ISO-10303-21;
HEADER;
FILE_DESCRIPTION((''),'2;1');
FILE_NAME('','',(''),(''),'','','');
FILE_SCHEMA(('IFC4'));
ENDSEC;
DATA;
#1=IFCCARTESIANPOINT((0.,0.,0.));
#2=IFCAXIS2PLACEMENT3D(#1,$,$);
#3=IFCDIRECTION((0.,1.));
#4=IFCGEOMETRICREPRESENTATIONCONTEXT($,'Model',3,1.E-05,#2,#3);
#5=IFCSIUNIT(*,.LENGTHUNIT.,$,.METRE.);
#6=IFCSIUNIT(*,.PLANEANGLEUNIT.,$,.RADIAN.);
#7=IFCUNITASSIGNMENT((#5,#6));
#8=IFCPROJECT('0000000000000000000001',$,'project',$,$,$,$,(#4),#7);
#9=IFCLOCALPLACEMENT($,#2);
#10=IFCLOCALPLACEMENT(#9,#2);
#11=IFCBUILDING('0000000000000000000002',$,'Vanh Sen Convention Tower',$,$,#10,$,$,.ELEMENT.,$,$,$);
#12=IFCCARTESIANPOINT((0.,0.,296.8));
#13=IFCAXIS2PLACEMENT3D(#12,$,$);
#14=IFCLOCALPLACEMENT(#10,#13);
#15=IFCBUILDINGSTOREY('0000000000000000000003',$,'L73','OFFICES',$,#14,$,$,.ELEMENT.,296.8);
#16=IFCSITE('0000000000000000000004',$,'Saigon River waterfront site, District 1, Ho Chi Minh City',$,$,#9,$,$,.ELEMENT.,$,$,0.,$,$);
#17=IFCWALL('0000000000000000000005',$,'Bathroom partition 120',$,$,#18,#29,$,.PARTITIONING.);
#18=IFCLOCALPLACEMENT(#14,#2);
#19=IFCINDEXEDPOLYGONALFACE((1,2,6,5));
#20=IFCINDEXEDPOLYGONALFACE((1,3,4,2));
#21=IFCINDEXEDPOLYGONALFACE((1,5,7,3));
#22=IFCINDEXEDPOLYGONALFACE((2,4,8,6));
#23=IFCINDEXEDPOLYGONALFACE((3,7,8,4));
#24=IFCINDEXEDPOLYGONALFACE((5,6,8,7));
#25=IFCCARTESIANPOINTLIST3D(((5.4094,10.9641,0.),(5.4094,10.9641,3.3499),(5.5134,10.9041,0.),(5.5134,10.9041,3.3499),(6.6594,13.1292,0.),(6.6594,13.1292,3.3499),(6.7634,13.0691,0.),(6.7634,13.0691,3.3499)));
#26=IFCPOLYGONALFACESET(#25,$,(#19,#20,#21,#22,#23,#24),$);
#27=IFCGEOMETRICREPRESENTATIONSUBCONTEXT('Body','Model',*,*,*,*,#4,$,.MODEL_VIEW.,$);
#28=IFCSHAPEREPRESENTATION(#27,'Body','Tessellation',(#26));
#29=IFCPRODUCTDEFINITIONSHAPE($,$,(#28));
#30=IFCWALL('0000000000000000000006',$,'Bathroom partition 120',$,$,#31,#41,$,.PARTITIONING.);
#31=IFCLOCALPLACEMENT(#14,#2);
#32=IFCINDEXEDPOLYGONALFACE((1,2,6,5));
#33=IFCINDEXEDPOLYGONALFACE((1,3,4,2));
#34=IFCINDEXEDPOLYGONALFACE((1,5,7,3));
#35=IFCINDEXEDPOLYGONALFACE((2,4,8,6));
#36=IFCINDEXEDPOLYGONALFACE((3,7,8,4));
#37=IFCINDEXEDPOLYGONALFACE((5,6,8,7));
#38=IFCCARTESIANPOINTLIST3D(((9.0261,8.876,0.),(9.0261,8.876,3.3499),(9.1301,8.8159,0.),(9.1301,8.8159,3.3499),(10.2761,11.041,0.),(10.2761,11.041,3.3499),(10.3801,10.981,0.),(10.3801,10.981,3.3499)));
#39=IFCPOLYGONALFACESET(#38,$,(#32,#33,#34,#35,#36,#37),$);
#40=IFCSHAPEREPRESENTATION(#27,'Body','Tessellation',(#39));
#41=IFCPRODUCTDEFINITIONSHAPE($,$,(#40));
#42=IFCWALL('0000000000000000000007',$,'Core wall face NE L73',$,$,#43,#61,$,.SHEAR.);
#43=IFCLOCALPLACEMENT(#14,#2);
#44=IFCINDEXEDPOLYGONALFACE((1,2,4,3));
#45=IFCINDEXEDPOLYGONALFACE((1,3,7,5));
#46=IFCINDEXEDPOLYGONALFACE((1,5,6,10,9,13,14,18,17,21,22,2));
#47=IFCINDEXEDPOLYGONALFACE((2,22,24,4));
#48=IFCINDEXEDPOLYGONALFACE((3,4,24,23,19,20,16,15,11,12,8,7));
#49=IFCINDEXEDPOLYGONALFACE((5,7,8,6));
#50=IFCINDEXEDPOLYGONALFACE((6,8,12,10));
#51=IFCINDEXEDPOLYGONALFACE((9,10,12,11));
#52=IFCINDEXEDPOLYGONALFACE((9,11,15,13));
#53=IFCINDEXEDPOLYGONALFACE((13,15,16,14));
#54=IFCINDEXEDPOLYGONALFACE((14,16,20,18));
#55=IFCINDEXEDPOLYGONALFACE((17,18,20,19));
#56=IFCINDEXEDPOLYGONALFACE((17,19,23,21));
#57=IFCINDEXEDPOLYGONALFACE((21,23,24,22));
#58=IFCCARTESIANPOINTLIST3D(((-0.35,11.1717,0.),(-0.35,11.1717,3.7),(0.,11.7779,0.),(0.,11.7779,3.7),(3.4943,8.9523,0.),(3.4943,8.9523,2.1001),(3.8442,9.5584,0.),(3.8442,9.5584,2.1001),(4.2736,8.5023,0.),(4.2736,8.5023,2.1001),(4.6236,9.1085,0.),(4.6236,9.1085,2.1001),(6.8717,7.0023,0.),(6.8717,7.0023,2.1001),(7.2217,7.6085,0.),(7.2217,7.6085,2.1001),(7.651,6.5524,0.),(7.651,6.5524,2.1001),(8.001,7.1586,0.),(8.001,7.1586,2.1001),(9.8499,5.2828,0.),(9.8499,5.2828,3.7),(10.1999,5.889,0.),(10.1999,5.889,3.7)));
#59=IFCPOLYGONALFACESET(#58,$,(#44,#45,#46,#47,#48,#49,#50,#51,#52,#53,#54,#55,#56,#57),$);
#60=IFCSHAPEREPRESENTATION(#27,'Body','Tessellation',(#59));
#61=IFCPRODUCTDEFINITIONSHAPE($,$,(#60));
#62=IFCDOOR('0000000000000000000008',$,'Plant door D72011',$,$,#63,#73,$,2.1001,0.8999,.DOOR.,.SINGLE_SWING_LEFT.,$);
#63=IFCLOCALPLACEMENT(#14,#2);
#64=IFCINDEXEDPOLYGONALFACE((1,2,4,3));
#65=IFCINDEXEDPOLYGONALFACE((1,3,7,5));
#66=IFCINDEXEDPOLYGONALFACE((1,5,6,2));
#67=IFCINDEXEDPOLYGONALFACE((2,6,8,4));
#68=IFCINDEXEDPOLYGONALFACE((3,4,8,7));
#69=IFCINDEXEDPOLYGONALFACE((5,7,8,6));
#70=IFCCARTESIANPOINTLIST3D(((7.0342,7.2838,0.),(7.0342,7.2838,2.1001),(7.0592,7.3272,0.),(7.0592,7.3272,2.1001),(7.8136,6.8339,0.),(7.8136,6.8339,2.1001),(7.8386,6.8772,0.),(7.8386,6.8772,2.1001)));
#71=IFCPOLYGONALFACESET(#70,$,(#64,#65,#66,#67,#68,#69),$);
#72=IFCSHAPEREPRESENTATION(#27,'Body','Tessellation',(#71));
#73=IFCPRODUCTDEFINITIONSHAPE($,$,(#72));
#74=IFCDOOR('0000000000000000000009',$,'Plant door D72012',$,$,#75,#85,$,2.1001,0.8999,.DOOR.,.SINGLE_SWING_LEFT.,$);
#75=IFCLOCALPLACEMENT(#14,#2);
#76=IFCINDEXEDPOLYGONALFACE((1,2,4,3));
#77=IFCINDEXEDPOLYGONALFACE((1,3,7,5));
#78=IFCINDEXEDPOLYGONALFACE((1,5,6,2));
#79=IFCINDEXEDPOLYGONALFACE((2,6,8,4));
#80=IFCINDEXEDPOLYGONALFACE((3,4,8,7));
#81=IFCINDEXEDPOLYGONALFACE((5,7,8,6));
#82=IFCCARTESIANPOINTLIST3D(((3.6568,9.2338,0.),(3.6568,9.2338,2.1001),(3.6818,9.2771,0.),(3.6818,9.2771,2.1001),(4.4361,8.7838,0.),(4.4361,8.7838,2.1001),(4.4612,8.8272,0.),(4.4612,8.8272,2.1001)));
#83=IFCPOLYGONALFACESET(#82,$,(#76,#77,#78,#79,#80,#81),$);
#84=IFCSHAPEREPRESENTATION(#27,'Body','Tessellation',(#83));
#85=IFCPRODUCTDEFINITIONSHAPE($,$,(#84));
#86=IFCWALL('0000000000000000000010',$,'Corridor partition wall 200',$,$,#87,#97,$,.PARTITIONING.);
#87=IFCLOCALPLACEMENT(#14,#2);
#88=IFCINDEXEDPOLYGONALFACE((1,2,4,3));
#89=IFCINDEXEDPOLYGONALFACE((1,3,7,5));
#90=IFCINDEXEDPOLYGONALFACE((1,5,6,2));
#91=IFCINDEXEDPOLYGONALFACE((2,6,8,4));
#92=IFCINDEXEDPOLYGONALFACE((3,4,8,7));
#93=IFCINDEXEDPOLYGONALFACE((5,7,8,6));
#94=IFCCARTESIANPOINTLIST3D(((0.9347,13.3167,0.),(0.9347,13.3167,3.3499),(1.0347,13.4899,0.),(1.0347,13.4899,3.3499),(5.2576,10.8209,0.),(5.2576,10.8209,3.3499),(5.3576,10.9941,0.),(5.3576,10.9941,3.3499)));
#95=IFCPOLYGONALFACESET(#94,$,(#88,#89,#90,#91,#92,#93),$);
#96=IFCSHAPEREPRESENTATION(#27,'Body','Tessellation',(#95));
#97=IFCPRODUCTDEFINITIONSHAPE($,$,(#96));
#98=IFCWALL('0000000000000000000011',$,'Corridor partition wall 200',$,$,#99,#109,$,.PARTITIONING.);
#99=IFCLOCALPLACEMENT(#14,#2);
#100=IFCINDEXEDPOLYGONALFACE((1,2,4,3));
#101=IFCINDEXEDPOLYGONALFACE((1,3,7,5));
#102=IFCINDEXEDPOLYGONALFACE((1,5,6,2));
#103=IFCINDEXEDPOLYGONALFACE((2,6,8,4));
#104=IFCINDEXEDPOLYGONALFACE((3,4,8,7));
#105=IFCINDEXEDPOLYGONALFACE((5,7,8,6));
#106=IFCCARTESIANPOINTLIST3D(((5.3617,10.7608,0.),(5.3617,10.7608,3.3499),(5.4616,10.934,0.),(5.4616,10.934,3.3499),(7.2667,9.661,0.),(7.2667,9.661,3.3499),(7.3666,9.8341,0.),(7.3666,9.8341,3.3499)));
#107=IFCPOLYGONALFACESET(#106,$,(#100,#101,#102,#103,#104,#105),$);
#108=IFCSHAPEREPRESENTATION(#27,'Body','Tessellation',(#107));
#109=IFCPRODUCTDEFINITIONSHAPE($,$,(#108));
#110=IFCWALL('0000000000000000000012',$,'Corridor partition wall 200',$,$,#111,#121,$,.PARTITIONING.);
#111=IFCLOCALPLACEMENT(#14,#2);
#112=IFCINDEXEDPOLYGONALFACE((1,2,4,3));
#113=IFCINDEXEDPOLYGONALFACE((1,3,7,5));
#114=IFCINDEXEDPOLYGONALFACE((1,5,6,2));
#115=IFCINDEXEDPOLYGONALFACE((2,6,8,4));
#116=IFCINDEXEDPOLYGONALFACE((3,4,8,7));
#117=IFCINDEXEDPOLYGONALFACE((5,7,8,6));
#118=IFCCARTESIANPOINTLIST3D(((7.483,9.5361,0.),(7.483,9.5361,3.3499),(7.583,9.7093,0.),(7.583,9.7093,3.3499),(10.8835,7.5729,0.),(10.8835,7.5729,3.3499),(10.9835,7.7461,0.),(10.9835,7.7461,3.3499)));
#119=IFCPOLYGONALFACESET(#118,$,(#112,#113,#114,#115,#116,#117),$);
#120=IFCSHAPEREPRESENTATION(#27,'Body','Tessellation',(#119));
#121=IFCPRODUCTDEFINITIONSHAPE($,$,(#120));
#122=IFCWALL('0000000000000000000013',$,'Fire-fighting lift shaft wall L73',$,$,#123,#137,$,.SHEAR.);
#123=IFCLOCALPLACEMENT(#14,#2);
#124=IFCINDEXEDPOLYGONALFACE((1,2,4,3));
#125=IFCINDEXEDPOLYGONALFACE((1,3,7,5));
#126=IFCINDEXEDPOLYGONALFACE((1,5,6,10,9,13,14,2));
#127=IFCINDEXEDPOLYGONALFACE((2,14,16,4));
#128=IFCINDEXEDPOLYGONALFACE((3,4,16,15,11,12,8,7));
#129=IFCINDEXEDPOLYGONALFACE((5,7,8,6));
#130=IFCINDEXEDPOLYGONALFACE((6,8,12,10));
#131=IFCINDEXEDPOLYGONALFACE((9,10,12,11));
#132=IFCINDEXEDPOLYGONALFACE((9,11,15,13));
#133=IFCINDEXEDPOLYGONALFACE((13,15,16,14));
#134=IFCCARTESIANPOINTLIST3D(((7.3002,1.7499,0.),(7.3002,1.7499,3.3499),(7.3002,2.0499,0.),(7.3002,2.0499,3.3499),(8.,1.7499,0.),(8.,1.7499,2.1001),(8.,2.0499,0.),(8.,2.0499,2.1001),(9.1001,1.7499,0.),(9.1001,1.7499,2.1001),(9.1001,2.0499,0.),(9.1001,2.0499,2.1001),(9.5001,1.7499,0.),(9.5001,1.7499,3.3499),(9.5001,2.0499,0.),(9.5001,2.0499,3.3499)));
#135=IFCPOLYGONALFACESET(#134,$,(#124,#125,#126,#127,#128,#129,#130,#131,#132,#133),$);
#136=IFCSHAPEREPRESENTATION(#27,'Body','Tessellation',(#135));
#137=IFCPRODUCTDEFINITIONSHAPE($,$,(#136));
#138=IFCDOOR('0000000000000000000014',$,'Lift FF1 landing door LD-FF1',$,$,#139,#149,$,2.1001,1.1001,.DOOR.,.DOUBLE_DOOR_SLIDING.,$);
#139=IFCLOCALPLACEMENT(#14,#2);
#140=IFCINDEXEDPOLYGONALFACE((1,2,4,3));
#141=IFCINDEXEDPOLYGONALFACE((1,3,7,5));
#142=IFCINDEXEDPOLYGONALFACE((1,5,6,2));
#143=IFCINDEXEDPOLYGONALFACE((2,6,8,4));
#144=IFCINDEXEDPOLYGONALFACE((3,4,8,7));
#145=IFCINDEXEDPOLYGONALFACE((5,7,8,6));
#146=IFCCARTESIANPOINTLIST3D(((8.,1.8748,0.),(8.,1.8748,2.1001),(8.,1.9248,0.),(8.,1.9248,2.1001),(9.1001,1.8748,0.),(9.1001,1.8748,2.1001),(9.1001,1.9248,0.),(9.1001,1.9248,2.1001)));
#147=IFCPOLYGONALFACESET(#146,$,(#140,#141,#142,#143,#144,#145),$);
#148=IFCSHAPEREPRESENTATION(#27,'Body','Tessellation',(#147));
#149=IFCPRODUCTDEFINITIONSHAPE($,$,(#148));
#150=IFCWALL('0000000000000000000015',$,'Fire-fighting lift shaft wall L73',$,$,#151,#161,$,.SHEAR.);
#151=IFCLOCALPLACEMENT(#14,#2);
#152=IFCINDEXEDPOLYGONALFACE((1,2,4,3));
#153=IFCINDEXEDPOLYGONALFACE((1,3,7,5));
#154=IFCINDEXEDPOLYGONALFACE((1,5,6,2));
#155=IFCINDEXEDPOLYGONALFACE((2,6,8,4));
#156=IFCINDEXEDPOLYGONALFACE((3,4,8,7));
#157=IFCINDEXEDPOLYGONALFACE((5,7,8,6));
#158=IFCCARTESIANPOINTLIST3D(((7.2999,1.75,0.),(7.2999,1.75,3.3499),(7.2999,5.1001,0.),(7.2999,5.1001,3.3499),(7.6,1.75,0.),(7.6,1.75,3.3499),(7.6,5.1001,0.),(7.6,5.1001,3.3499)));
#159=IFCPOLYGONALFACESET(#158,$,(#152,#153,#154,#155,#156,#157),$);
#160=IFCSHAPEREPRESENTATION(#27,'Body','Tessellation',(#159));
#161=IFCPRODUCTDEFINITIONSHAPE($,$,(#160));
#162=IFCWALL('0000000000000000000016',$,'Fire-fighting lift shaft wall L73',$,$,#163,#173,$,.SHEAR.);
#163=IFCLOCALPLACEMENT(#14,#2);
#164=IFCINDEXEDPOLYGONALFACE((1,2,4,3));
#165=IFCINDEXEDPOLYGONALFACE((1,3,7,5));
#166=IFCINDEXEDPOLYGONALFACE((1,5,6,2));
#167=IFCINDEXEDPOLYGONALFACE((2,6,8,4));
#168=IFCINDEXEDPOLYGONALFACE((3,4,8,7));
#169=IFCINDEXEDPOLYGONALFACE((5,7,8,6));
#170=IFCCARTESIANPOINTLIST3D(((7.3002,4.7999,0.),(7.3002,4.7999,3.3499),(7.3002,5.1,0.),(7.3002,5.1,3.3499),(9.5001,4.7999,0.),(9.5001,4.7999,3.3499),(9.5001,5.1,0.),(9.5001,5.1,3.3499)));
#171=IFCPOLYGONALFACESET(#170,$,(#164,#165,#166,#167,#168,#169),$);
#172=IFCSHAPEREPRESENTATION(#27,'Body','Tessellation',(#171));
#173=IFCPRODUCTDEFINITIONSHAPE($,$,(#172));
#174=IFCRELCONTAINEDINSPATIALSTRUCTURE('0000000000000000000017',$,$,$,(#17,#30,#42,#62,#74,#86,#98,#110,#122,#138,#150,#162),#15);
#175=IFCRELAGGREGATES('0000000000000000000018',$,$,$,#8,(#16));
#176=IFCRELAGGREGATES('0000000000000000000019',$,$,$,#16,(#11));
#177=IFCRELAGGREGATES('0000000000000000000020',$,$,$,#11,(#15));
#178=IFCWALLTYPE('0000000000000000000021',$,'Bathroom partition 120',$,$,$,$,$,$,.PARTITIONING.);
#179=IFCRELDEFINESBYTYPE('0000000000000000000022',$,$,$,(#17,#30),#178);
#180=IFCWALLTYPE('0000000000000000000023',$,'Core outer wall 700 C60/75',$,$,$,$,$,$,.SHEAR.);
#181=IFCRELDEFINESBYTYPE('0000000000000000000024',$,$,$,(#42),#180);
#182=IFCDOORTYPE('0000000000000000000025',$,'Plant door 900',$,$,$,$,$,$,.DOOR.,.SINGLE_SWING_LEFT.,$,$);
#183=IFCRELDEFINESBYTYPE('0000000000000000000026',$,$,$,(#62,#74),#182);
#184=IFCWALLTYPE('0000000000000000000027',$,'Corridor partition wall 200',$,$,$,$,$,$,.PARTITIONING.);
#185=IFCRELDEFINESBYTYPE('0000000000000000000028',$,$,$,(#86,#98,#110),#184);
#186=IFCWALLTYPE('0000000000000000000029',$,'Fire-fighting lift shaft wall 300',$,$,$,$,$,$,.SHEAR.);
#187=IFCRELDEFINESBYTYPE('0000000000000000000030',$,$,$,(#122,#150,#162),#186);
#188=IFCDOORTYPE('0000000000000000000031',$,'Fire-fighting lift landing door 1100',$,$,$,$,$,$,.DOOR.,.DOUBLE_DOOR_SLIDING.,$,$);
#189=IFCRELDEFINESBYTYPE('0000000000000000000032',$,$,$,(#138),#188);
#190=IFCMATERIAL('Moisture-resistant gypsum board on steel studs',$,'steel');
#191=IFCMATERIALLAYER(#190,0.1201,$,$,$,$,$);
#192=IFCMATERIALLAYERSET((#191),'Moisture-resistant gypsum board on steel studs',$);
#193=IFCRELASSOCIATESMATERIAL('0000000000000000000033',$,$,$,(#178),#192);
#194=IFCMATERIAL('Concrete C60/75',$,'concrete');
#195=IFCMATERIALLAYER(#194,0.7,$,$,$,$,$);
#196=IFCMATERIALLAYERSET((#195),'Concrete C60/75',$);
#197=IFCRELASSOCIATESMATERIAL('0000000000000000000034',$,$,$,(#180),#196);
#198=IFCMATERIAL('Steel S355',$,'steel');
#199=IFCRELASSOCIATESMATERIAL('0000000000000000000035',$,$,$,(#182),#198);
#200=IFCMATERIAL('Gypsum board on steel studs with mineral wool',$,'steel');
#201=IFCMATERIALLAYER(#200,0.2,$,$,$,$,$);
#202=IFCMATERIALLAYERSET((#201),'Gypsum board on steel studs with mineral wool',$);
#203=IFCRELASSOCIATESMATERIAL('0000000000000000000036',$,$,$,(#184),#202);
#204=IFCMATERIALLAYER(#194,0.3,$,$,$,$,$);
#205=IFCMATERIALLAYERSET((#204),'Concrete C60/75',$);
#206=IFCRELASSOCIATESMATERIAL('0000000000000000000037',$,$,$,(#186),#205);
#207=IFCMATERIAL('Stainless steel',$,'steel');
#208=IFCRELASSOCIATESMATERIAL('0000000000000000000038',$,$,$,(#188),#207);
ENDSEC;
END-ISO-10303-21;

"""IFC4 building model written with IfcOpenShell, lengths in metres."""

from ifc_helpers import new_model, si_unit, direction, frame, frame_2d, origin, place, context, subcontext, project, spatial, rectangle, extrude, material, layer, layer_set, type_object, element, fill, save


model = new_model("IFC4")

# Units and contexts
model_context = context("Model", 3, precision=1e-05, world=origin(), true_north=direction((0.0, 1.0)))
body_context = subcontext(model_context, "Body", "Model", "MODEL_VIEW")
ifc_project = project(units=[si_unit("LENGTHUNIT", "METRE"), si_unit("PLANEANGLEUNIT", "RADIAN")], contexts=[model_context])

# Site, building, storey
site_placement = place(None, origin())
site = spatial("IfcSite", under=ifc_project, at=site_placement, Name="Saigon River waterfront site, District 1, Ho Chi Minh City", CompositionType="ELEMENT", RefElevation=0.0)
building_placement = place(site_placement, origin())
building = spatial("IfcBuilding", under=site, at=building_placement, Name="Vanh Sen Convention Tower", CompositionType="ELEMENT")
storey_placement = place(building_placement, frame((0.0, 0.0, 296.8)))
storey = spatial("IfcBuildingStorey", under=building, at=storey_placement, Name="L73", Description="OFFICES", CompositionType="ELEMENT", Elevation=296.8)

# Walls
ifc_material_1 = material(Name="Moisture-resistant gypsum board on steel studs", Category="steel")
ifc_layer_1 = layer(ifc_material_1, 0.1201)
ifc_layer_set_1 = layer_set([ifc_layer_1], Name="Moisture-resistant gypsum board on steel studs")
wall_type_1 = type_object("IfcWallType", Name="Bathroom partition 120", PredefinedType="PARTITIONING", material=ifc_layer_set_1)
for number, where, z_axis, x_axis, name in (
    (1, (5.4614, 10.9341, 0.0), (0.0, 0.0, 1.0), (0.500004, 0.866023, 0.0), "Bathroom partition 120"),
    (2, (9.0781, 8.8459, 0.0), (0.0, 0.0, 1.0), (0.500004, 0.866023, 0.0), "Bathroom partition 120"),
):
    element("IfcWall", number, at=place(storey_placement, frame(where, z_axis=z_axis, x_axis=x_axis)), inside=storey, type_object=wall_type_1, Name=name, PredefinedType="PARTITIONING", context=body_context, shape_type="SweptSolid", body=[
        extrude(rectangle(XDim=2.5, YDim=0.1201, at=frame_2d((1.25, 0.0))), origin(), (0.0, 0.0, 1.0), 3.3499),
    ])

# Wall, openings, doors
ifc_material_2 = material(Name="Concrete C60/75", Category="concrete")
ifc_layer_2 = layer(ifc_material_2, 0.7)
ifc_layer_set_2 = layer_set([ifc_layer_2], Name="Concrete C60/75")
wall_type_2 = type_object("IfcWallType", Name="Core outer wall 700 C60/75", PredefinedType="SHEAR", material=ifc_layer_set_2)
wall_1_placement = place(storey_placement, frame((10.0249, 5.5859, 0.0), z_axis=(0.0, 0.0, 1.0), x_axis=(-0.866026, 0.499998, 0.0)))
wall_1 = element("IfcWall", 3, at=wall_1_placement, inside=storey, type_object=wall_type_2, Name="Core wall face NE L73", PredefinedType="SHEAR", context=body_context, shape_type="SweptSolid", body=[
    extrude(rectangle(XDim=11.7778, YDim=0.7, at=frame_2d((5.8889, 0.0))), origin(), (0.0, 0.0, 1.0), 3.7),
])
opening_1_placement = place(wall_1_placement, frame((2.5391, 0.0, 0.0)))
opening_1 = element("IfcOpeningElement", 4, at=opening_1_placement, cuts=wall_1, PredefinedType="OPENING", context=body_context, shape_type="SweptSolid", body=[
    extrude(rectangle(XDim=0.8999, YDim=2.1001, at=frame_2d((0.45, 1.05))), frame((0.0, 0.3599, 0.0), z_axis=(0.0, -1.0, 0.0), x_axis=(1.0, 0.0, 0.0)), (0.0, 0.0, 1.0), 0.72),
])
opening_2_placement = place(wall_1_placement, frame((6.439, 0.0, 0.0)))
opening_2 = element("IfcOpeningElement", 5, at=opening_2_placement, cuts=wall_1, PredefinedType="OPENING", context=body_context, shape_type="SweptSolid", body=[
    extrude(rectangle(XDim=0.8999, YDim=2.1001, at=frame_2d((0.45, 1.05))), frame((0.0, 0.3599, 0.0), z_axis=(0.0, -1.0, 0.0), x_axis=(1.0, 0.0, 0.0)), (0.0, 0.0, 1.0), 0.72),
])
ifc_material_3 = material(Name="Steel S355", Category="steel")
door_type_1 = type_object("IfcDoorType", Name="Plant door 900", OperationType="SINGLE_SWING_LEFT", PredefinedType="DOOR", material=ifc_material_3)
door_1_placement = place(opening_1_placement, origin())
door_1 = element("IfcDoor", 6, at=door_1_placement, inside=storey, type_object=door_type_1, Name="Plant door D72011", OperationType="SINGLE_SWING_LEFT", OverallHeight=2.1001, OverallWidth=0.8999, PredefinedType="DOOR", context=body_context, shape_type="SweptSolid", body=[
    extrude(rectangle(XDim=0.8999, YDim=2.1001, at=frame_2d((0.45, 1.05))), frame((0.0, 0.0249, 0.0), z_axis=(0.0, -1.0, 0.0), x_axis=(1.0, 0.0, 0.0)), (0.0, 0.0, 1.0), 0.05),
])
fill(opening_1, door_1)
door_2_placement = place(opening_2_placement, origin())
door_2 = element("IfcDoor", 7, at=door_2_placement, inside=storey, type_object=door_type_1, Name="Plant door D72012", OperationType="SINGLE_SWING_LEFT", OverallHeight=2.1001, OverallWidth=0.8999, PredefinedType="DOOR", context=body_context, shape_type="SweptSolid", body=[
    extrude(rectangle(XDim=0.8999, YDim=2.1001, at=frame_2d((0.45, 1.05))), frame((0.0, 0.0249, 0.0), z_axis=(0.0, -1.0, 0.0), x_axis=(1.0, 0.0, 0.0)), (0.0, 0.0, 1.0), 0.05),
])
fill(opening_2, door_2)

# Walls
ifc_material_4 = material(Name="Gypsum board on steel studs with mineral wool", Category="steel")
ifc_layer_3 = layer(ifc_material_4, 0.2)
ifc_layer_set_3 = layer_set([ifc_layer_3], Name="Gypsum board on steel studs with mineral wool")
wall_type_3 = type_object("IfcWallType", Name="Corridor partition wall 200", PredefinedType="PARTITIONING", material=ifc_layer_set_3)
wall_2_placement = place(storey_placement, frame((5.3076, 10.9075, 0.0), z_axis=(0.0, 0.0, 1.0), x_axis=(-0.866028, 0.499995, 0.0)))
element("IfcWall", 8, at=wall_2_placement, inside=storey, type_object=wall_type_3, Name="Corridor partition wall 200", PredefinedType="PARTITIONING", context=body_context, shape_type="SweptSolid", body=[
    extrude(rectangle(XDim=4.9917, YDim=0.2, at=frame_2d((2.4958, 0.0))), origin(), (0.0, 0.0, 1.0), 3.3499),
])
wall_3_placement = place(storey_placement, frame((7.3167, 9.7476, 0.0), z_axis=(0.0, 0.0, 1.0), x_axis=(-0.866028, 0.499995, 0.0)))
element("IfcWall", 9, at=wall_3_placement, inside=storey, type_object=wall_type_3, Name="Corridor partition wall 200", PredefinedType="PARTITIONING", context=body_context, shape_type="SweptSolid", body=[
    extrude(rectangle(XDim=2.1997, YDim=0.2, at=frame_2d((1.0999, 0.0))), origin(), (0.0, 0.0, 1.0), 3.3499),
])
wall_4_placement = place(storey_placement, frame((10.9336, 7.6594, 0.0), z_axis=(0.0, 0.0, 1.0), x_axis=(-0.866034, 0.499984, 0.0)))
element("IfcWall", 10, at=wall_4_placement, inside=storey, type_object=wall_type_3, Name="Corridor partition wall 200", PredefinedType="PARTITIONING", context=body_context, shape_type="SweptSolid", body=[
    extrude(rectangle(XDim=3.9265, YDim=0.2, at=frame_2d((1.9634, 0.0))), origin(), (0.0, 0.0, 1.0), 3.3499),
])

# Wall, opening, door
ifc_layer_4 = layer(ifc_material_2, 0.3)
ifc_layer_set_4 = layer_set([ifc_layer_4], Name="Concrete C60/75")
wall_type_4 = type_object("IfcWallType", Name="Fire-fighting lift shaft wall 300", PredefinedType="SHEAR", material=ifc_layer_set_4)
wall_5_placement = place(storey_placement, frame((7.3, 1.8999, 0.0), z_axis=(0.0, 0.0, 1.0), x_axis=(1.0, 0.0, 0.0)))
wall_5 = element("IfcWall", 11, at=wall_5_placement, inside=storey, type_object=wall_type_4, Name="Fire-fighting lift shaft wall L73", PredefinedType="SHEAR", context=body_context, shape_type="SweptSolid", body=[
    extrude(rectangle(XDim=2.2, YDim=0.3, at=frame_2d((1.1001, 0.0))), origin(), (0.0, 0.0, 1.0), 3.3499),
])
opening_3_placement = place(wall_5_placement, frame((0.7, 0.0, 0.0)))
opening_3 = element("IfcOpeningElement", 12, at=opening_3_placement, cuts=wall_5, PredefinedType="OPENING", context=body_context, shape_type="SweptSolid", body=[
    extrude(rectangle(XDim=1.1001, YDim=2.1001, at=frame_2d((0.55, 1.05))), frame((0.0, 0.1599, 0.0), z_axis=(0.0, -1.0, 0.0), x_axis=(1.0, 0.0, 0.0)), (0.0, 0.0, 1.0), 0.3201),
])
ifc_material_5 = material(Name="Stainless steel", Category="steel")
door_type_2 = type_object("IfcDoorType", Name="Fire-fighting lift landing door 1100", OperationType="DOUBLE_DOOR_SLIDING", PredefinedType="DOOR", material=ifc_material_5)
door_3_placement = place(opening_3_placement, origin())
door_3 = element("IfcDoor", 13, at=door_3_placement, inside=storey, type_object=door_type_2, Name="Lift FF1 landing door LD-FF1", OperationType="DOUBLE_DOOR_SLIDING", OverallHeight=2.1001, OverallWidth=1.1001, PredefinedType="DOOR", context=body_context, shape_type="SweptSolid", body=[
    extrude(rectangle(XDim=1.1001, YDim=2.1001, at=frame_2d((0.55, 1.05))), frame((0.0, 0.0249, 0.0), z_axis=(0.0, -1.0, 0.0), x_axis=(1.0, 0.0, 0.0)), (0.0, 0.0, 1.0), 0.05),
])
fill(opening_3, door_3)

# Walls
wall_6_placement = place(storey_placement, frame((7.45, 1.75, 0.0), z_axis=(0.0, 0.0, 1.0), x_axis=(0.0, 1.0, 0.0)))
element("IfcWall", 14, at=wall_6_placement, inside=storey, type_object=wall_type_4, Name="Fire-fighting lift shaft wall L73", PredefinedType="SHEAR", context=body_context, shape_type="SweptSolid", body=[
    extrude(rectangle(XDim=3.3501, YDim=0.3, at=frame_2d((1.675, 0.0))), origin(), (0.0, 0.0, 1.0), 3.3499),
])
wall_7_placement = place(storey_placement, frame((7.3, 4.95, 0.0), z_axis=(0.0, 0.0, 1.0), x_axis=(1.0, 0.0, 0.0)))
element("IfcWall", 15, at=wall_7_placement, inside=storey, type_object=wall_type_4, Name="Fire-fighting lift shaft wall L73", PredefinedType="SHEAR", context=body_context, shape_type="SweptSolid", body=[
    extrude(rectangle(XDim=2.2, YDim=0.3, at=frame_2d((1.1001, 0.0))), origin(), (0.0, 0.0, 1.0), 3.3499),
])

save(model, "model.ifc")
